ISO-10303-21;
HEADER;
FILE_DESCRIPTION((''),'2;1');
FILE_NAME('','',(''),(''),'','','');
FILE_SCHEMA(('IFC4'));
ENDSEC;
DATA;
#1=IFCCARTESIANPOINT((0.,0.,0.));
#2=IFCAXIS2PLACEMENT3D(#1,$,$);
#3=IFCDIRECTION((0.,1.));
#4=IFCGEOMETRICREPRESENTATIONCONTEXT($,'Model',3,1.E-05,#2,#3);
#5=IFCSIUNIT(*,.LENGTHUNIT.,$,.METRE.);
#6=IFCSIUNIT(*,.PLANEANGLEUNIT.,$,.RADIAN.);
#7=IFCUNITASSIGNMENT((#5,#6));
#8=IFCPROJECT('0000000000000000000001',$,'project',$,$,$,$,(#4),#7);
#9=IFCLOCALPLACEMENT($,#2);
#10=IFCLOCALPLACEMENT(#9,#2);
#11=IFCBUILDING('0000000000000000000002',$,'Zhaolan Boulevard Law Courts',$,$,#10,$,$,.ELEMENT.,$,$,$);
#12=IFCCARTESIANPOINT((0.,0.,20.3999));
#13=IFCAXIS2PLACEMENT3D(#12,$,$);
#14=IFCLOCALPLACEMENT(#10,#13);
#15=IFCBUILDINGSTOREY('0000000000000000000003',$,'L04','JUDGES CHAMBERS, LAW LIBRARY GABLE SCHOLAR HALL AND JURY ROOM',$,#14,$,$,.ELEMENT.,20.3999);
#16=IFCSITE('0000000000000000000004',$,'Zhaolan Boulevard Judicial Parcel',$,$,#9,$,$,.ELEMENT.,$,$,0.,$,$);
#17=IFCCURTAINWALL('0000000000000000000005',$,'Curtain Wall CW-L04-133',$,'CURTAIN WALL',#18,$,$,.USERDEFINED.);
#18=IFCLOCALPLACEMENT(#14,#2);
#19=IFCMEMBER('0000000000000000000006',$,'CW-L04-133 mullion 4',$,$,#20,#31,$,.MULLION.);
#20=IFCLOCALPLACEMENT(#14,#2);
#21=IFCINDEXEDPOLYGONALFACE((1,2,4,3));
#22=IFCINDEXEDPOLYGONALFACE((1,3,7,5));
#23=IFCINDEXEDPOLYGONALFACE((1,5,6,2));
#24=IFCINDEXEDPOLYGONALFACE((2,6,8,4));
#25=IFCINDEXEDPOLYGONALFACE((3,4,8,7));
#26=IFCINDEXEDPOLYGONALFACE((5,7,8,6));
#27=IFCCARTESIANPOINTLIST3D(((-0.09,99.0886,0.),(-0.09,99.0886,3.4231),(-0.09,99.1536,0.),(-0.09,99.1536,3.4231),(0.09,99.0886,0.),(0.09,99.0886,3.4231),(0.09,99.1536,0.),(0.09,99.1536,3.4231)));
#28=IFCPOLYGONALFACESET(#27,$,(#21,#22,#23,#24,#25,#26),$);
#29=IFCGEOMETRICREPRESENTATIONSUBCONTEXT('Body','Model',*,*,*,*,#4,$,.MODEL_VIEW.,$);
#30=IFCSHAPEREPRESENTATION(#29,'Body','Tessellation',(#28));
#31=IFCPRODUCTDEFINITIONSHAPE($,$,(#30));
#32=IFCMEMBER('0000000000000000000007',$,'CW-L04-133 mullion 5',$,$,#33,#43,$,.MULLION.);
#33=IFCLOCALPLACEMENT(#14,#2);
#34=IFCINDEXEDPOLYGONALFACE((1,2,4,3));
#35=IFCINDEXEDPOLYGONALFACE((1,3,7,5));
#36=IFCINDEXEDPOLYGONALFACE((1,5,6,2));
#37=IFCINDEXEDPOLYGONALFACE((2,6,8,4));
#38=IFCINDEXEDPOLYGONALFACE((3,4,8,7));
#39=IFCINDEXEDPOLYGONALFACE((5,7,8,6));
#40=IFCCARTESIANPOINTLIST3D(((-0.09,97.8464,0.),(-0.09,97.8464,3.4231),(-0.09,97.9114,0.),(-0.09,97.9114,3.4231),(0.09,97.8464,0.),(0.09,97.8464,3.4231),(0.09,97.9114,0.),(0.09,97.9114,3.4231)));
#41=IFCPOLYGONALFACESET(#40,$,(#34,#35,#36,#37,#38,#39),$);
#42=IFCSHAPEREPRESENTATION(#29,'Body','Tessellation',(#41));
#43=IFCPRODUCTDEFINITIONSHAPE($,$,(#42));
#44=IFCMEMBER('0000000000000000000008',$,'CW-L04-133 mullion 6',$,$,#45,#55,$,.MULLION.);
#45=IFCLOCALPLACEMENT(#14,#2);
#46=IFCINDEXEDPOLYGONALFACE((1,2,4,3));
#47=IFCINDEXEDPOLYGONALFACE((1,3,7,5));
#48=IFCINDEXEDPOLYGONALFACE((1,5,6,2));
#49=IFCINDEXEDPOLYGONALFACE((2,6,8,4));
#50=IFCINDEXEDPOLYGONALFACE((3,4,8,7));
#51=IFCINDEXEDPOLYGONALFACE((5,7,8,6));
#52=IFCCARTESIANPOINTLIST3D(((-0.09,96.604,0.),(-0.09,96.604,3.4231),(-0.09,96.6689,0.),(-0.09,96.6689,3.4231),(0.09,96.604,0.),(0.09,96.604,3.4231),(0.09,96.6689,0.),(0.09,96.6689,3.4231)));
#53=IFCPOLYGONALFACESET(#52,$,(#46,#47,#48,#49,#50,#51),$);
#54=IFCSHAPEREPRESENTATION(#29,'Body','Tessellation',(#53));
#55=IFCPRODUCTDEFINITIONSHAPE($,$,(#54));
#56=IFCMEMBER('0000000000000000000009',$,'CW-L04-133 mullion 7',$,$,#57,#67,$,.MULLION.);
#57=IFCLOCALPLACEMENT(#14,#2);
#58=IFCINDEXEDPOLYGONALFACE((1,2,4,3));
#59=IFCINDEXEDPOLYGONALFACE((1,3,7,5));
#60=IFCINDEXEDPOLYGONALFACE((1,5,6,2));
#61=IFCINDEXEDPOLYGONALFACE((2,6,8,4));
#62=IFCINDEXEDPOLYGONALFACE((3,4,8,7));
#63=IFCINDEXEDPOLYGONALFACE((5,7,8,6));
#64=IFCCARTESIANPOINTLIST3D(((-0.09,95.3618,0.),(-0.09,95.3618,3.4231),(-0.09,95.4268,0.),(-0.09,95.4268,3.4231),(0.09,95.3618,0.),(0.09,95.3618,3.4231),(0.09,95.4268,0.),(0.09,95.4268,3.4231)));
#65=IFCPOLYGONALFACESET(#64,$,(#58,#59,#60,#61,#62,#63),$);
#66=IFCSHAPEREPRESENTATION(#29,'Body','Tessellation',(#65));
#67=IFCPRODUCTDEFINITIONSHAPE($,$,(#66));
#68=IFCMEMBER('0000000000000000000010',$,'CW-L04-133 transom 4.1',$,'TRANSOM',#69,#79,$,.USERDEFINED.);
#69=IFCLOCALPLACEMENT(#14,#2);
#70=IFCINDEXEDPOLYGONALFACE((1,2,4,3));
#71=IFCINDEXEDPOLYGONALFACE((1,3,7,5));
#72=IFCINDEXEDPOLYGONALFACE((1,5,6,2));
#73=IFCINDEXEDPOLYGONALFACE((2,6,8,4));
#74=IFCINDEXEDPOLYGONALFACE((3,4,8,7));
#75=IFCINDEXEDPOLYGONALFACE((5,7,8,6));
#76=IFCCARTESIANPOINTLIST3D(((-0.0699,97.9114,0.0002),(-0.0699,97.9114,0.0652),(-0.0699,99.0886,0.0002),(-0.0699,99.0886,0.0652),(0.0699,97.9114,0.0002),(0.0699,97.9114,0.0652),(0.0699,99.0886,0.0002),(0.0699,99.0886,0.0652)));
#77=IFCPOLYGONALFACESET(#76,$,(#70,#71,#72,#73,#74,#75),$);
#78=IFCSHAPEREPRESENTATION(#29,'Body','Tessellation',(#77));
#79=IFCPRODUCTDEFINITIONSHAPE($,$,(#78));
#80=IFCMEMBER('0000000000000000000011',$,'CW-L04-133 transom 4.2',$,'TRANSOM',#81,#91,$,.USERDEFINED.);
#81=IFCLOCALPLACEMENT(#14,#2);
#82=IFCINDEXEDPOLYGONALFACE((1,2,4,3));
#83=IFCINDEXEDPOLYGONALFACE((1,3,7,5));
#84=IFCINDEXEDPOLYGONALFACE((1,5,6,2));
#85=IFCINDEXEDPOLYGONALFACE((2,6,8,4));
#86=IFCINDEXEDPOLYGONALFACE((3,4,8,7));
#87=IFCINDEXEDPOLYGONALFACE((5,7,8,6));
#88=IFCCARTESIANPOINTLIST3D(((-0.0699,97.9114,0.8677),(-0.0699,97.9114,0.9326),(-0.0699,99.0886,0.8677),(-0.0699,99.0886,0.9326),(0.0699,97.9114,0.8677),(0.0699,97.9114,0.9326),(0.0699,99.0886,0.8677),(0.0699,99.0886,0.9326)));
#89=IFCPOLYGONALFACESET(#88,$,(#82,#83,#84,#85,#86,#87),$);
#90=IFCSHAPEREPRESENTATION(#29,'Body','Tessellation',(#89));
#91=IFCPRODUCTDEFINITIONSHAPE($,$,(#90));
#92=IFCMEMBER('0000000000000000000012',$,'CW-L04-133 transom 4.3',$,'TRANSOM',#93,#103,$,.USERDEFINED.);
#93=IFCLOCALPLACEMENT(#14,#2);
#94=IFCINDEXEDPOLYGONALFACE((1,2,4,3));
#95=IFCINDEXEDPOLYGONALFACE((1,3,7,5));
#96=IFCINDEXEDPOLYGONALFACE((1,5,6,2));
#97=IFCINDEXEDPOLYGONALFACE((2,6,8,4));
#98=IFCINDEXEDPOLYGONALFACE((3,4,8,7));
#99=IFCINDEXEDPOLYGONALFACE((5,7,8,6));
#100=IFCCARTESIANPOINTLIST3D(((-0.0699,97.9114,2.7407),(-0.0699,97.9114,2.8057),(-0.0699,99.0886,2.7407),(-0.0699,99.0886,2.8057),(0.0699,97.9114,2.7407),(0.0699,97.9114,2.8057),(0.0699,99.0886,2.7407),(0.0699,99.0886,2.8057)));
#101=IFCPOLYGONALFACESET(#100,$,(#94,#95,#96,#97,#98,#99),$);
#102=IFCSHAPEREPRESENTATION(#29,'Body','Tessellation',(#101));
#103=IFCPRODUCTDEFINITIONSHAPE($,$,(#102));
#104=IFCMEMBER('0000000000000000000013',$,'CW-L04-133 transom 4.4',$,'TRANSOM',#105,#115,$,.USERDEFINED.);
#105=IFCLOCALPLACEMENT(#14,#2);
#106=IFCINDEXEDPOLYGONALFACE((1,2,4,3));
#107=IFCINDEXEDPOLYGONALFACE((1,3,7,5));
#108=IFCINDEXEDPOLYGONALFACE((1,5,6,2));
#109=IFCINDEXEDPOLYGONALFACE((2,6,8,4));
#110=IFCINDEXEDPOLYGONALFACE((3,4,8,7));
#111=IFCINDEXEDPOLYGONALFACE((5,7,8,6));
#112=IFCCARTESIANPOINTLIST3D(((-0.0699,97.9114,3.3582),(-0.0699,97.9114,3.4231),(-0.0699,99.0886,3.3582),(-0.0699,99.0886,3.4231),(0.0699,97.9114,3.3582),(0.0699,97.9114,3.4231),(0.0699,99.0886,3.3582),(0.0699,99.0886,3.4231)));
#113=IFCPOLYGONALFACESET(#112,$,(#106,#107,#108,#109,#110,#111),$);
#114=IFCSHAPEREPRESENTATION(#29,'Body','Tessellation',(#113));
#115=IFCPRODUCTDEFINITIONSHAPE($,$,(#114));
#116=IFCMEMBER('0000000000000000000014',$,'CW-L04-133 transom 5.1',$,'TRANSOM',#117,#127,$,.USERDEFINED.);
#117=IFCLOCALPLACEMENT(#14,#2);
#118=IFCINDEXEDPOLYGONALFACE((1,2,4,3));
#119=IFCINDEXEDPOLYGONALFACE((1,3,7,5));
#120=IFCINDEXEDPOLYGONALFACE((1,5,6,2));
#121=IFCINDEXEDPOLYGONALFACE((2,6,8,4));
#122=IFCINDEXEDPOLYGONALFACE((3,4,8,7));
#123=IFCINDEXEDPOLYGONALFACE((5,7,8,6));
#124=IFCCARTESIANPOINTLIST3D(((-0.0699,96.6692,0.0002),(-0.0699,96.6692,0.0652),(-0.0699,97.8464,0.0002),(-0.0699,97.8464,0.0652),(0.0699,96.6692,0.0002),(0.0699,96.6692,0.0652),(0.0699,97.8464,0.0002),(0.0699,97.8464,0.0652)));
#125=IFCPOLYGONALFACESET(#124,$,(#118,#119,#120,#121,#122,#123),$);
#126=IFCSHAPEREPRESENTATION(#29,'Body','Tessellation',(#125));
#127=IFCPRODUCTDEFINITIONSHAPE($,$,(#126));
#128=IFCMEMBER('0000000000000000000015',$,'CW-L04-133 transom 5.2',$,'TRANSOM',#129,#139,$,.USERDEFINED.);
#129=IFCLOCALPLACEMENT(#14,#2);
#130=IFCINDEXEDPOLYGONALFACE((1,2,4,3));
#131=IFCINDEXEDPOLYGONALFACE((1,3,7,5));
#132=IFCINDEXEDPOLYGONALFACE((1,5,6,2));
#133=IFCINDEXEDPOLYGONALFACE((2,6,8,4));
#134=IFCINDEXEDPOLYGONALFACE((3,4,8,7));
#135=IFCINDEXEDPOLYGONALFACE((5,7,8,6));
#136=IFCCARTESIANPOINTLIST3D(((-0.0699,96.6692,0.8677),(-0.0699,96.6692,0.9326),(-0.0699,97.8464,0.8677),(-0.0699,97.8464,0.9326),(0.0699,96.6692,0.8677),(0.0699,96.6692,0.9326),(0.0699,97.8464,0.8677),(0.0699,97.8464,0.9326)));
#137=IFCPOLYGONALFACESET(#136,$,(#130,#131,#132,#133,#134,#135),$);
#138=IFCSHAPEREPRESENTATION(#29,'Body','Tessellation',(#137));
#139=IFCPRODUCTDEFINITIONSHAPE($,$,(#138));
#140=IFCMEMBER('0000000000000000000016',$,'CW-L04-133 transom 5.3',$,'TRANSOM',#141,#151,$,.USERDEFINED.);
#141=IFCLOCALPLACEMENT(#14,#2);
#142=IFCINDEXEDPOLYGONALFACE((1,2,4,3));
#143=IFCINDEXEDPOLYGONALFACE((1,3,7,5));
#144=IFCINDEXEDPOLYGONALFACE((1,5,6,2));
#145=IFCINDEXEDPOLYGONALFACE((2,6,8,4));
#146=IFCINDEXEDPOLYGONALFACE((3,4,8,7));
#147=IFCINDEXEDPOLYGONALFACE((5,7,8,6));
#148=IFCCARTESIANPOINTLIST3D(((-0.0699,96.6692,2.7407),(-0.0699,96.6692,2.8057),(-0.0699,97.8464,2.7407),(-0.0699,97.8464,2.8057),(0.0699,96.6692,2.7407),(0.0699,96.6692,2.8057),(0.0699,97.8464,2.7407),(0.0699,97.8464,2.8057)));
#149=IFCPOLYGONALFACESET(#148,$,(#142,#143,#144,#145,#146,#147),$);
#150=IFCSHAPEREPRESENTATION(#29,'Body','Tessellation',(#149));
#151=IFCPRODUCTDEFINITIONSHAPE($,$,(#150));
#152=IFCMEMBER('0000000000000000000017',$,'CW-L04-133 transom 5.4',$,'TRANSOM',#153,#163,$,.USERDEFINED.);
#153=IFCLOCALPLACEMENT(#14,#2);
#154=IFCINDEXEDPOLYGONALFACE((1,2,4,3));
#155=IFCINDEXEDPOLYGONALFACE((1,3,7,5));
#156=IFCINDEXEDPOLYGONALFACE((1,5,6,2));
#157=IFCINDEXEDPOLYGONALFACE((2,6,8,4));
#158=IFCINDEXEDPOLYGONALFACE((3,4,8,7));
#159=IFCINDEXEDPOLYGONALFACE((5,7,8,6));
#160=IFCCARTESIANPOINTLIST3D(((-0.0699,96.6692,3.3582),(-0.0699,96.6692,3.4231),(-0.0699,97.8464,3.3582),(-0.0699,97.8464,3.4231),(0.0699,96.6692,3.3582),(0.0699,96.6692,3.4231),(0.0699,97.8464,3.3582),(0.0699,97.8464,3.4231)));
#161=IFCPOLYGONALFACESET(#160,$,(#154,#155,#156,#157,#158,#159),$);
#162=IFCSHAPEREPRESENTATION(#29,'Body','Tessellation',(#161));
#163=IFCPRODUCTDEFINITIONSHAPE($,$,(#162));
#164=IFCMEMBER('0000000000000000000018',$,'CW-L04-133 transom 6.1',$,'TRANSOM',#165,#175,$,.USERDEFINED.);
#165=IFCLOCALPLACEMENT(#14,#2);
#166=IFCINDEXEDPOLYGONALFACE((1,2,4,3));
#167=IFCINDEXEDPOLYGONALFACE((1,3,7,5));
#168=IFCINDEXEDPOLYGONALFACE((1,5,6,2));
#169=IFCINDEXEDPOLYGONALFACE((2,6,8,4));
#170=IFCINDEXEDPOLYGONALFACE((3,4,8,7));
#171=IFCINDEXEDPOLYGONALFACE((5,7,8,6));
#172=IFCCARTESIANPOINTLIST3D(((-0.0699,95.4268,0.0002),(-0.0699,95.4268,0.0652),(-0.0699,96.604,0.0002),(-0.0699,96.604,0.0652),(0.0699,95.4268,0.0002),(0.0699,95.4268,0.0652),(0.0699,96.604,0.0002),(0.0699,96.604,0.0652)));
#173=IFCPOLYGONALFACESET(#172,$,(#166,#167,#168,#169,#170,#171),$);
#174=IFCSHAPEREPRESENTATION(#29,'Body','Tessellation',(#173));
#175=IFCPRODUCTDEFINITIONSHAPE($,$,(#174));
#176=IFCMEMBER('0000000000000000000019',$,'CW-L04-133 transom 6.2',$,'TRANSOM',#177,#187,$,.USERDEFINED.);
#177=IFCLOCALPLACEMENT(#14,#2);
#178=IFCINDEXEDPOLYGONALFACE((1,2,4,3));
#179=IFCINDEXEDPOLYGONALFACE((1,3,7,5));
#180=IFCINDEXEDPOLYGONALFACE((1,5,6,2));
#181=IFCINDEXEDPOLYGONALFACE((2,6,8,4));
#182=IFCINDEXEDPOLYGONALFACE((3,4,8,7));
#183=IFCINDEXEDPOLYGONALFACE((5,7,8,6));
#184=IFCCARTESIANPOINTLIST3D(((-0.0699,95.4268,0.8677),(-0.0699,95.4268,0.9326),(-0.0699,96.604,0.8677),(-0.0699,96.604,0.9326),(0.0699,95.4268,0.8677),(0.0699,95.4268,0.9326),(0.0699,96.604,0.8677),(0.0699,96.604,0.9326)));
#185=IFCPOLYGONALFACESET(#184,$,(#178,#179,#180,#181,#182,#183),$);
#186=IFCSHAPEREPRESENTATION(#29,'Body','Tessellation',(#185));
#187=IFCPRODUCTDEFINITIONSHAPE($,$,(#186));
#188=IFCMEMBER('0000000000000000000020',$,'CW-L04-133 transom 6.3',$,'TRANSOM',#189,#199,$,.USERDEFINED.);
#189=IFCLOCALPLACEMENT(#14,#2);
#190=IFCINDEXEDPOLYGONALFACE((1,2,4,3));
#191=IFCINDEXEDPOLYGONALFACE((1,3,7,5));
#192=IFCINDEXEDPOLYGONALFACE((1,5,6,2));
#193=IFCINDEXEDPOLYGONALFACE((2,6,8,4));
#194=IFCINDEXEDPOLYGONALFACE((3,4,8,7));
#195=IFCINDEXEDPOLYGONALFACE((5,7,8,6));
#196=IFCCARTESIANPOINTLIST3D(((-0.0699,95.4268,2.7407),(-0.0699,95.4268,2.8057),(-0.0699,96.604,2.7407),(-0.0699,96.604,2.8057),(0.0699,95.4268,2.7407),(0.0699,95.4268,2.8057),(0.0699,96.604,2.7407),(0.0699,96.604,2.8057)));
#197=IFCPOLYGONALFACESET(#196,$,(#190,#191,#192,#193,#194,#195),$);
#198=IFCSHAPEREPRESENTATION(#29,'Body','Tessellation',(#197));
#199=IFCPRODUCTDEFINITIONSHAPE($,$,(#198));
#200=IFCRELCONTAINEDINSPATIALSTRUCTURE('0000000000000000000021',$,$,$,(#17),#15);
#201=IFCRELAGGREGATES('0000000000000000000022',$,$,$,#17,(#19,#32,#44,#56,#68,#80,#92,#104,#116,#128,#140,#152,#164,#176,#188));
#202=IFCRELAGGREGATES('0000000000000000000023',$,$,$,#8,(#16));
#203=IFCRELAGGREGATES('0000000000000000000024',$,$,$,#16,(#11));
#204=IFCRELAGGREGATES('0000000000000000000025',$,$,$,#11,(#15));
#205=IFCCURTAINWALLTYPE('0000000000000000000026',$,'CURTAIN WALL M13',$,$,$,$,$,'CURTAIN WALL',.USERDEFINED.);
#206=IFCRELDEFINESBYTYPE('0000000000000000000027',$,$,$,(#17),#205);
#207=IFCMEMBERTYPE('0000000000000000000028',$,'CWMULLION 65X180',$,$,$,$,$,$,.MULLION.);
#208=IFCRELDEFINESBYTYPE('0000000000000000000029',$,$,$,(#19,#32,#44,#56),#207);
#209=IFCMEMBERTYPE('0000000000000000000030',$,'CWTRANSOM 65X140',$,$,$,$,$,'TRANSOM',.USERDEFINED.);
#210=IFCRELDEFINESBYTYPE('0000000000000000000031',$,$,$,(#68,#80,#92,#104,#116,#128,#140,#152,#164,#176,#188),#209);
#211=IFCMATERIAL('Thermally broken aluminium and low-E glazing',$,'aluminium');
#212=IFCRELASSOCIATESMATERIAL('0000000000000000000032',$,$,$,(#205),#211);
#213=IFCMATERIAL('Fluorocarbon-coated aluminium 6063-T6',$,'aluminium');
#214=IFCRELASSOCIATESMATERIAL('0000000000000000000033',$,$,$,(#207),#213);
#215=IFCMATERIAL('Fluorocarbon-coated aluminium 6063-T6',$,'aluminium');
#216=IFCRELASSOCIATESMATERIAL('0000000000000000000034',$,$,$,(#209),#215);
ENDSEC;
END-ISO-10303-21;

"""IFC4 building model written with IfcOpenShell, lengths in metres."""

from ifc_helpers import new_model, si_unit, direction, frame, origin, origin_2d, place, context, subcontext, project, spatial, rectangle, extrude, material, material_profile, profile_set, type_object, element, aggregate, save


model = new_model("IFC4")

# Units and contexts
model_context = context("Model", 3, precision=1e-05, world=origin(), true_north=direction((0.0, 1.0)))
body_context = subcontext(model_context, "Body", "Model", "MODEL_VIEW")
ifc_project = project(units=[si_unit("LENGTHUNIT", "METRE"), si_unit("PLANEANGLEUNIT", "RADIAN")], contexts=[model_context])

# Site, building, storey
site_placement = place(None, origin())
site = spatial("IfcSite", under=ifc_project, at=site_placement, Name="Zhaolan Boulevard Judicial Parcel", CompositionType="ELEMENT", RefElevation=0.0)
building_placement = place(site_placement, origin())
building = spatial("IfcBuilding", under=site, at=building_placement, Name="Zhaolan Boulevard Law Courts", CompositionType="ELEMENT")
storey_placement = place(building_placement, frame((0.0, 0.0, 20.3999)))
storey = spatial("IfcBuildingStorey", under=building, at=storey_placement, Name="L04", Description="JUDGES CHAMBERS, LAW LIBRARY GABLE SCHOLAR HALL AND JURY ROOM", CompositionType="ELEMENT", Elevation=20.3999)

# Curtain wall, members
ifc_material_1 = material(Name="Thermally broken aluminium and low-E glazing", Category="aluminium")
curtain_wall_type = type_object("IfcCurtainWallType", Name="CURTAIN WALL M13", ElementType="CURTAIN WALL", PredefinedType="USERDEFINED", material=ifc_material_1)
curtain_wall_placement = place(storey_placement, origin())
curtain_wall = element("IfcCurtainWall", 1, at=curtain_wall_placement, inside=storey, type_object=curtain_wall_type, Name="Curtain Wall CW-L04-133", ObjectType="CURTAIN WALL", PredefinedType="USERDEFINED")
ifc_material_2 = material(Name="Fluorocarbon-coated aluminium 6063-T6", Category="aluminium")
ifc_material_profile_1 = material_profile(ifc_material_2, rectangle(XDim=0.1799, YDim=0.0649, at=origin_2d()), Name="AL65x180")
ifc_profile_set_1 = profile_set([ifc_material_profile_1], Name="Fluorocarbon-coated aluminium 6063-T6")
member_type_1 = type_object("IfcMemberType", Name="CWMULLION 65X180", PredefinedType="MULLION", material=ifc_profile_set_1)
member_1_placement = place(storey_placement, frame((0.0, 99.1211, 0.0), z_axis=(0.0, 0.0, 1.0), x_axis=(1.0, 0.0, 0.0)))
member_1 = element("IfcMember", 2, at=member_1_placement, type_object=member_type_1, Name="CW-L04-133 mullion 4", PredefinedType="MULLION", context=body_context, shape_type="SweptSolid", body=[
    extrude(rectangle(XDim=0.1799, YDim=0.0649, at=origin_2d()), origin(), (0.0, 0.0, 1.0), 3.4231),
])
member_2_placement = place(storey_placement, frame((0.0, 97.8789, 0.0), z_axis=(0.0, 0.0, 1.0), x_axis=(1.0, 0.0, 0.0)))
member_2 = element("IfcMember", 3, at=member_2_placement, type_object=member_type_1, Name="CW-L04-133 mullion 5", PredefinedType="MULLION", context=body_context, shape_type="SweptSolid", body=[
    extrude(rectangle(XDim=0.1799, YDim=0.0649, at=origin_2d()), origin(), (0.0, 0.0, 1.0), 3.4231),
])
member_3_placement = place(storey_placement, frame((0.0, 96.6365, 0.0), z_axis=(0.0, 0.0, 1.0), x_axis=(1.0, 0.0, 0.0)))
member_3 = element("IfcMember", 4, at=member_3_placement, type_object=member_type_1, Name="CW-L04-133 mullion 6", PredefinedType="MULLION", context=body_context, shape_type="SweptSolid", body=[
    extrude(rectangle(XDim=0.1799, YDim=0.0649, at=origin_2d()), origin(), (0.0, 0.0, 1.0), 3.4231),
])
member_4_placement = place(storey_placement, frame((0.0, 95.3943, 0.0), z_axis=(0.0, 0.0, 1.0), x_axis=(1.0, 0.0, 0.0)))
member_4 = element("IfcMember", 5, at=member_4_placement, type_object=member_type_1, Name="CW-L04-133 mullion 7", PredefinedType="MULLION", context=body_context, shape_type="SweptSolid", body=[
    extrude(rectangle(XDim=0.1799, YDim=0.0649, at=origin_2d()), origin(), (0.0, 0.0, 1.0), 3.4231),
])
ifc_material_3 = material(Name="Fluorocarbon-coated aluminium 6063-T6", Category="aluminium")
ifc_material_profile_2 = material_profile(ifc_material_3, rectangle(XDim=0.1399, YDim=0.0649, at=origin_2d()), Name="AL65x140")
ifc_profile_set_2 = profile_set([ifc_material_profile_2], Name="Fluorocarbon-coated aluminium 6063-T6")
member_type_2 = type_object("IfcMemberType", Name="CWTRANSOM 65X140", ElementType="TRANSOM", PredefinedType="USERDEFINED", material=ifc_profile_set_2)
member_5_placement = place(storey_placement, frame((0.0, 99.0886, 0.0327), z_axis=(0.0, -1.0, 0.0), x_axis=(1.0, 0.0, 0.0)))
member_5 = element("IfcMember", 6, at=member_5_placement, type_object=member_type_2, Name="CW-L04-133 transom 4.1", ObjectType="TRANSOM", PredefinedType="USERDEFINED", context=body_context, shape_type="SweptSolid", body=[
    extrude(rectangle(XDim=0.1399, YDim=0.0649, at=origin_2d()), origin(), (0.0, 0.0, 1.0), 1.1772),
])
member_6_placement = place(storey_placement, frame((0.0, 99.0886, 0.9001), z_axis=(0.0, -1.0, 0.0), x_axis=(1.0, 0.0, 0.0)))
member_6 = element("IfcMember", 7, at=member_6_placement, type_object=member_type_2, Name="CW-L04-133 transom 4.2", ObjectType="TRANSOM", PredefinedType="USERDEFINED", context=body_context, shape_type="SweptSolid", body=[
    extrude(rectangle(XDim=0.1399, YDim=0.0649, at=origin_2d()), origin(), (0.0, 0.0, 1.0), 1.1772),
])
member_7_placement = place(storey_placement, frame((0.0, 99.0886, 2.7732), z_axis=(0.0, -1.0, 0.0), x_axis=(1.0, 0.0, 0.0)))
member_7 = element("IfcMember", 8, at=member_7_placement, type_object=member_type_2, Name="CW-L04-133 transom 4.3", ObjectType="TRANSOM", PredefinedType="USERDEFINED", context=body_context, shape_type="SweptSolid", body=[
    extrude(rectangle(XDim=0.1399, YDim=0.0649, at=origin_2d()), origin(), (0.0, 0.0, 1.0), 1.1772),
])
member_8_placement = place(storey_placement, frame((0.0, 99.0886, 3.3906), z_axis=(0.0, -1.0, 0.0), x_axis=(1.0, 0.0, 0.0)))
member_8 = element("IfcMember", 9, at=member_8_placement, type_object=member_type_2, Name="CW-L04-133 transom 4.4", ObjectType="TRANSOM", PredefinedType="USERDEFINED", context=body_context, shape_type="SweptSolid", body=[
    extrude(rectangle(XDim=0.1399, YDim=0.0649, at=origin_2d()), origin(), (0.0, 0.0, 1.0), 1.1772),
])
member_9_placement = place(storey_placement, frame((0.0, 97.8464, 0.0327), z_axis=(0.0, -1.0, 0.0), x_axis=(1.0, 0.0, 0.0)))
member_9 = element("IfcMember", 10, at=member_9_placement, type_object=member_type_2, Name="CW-L04-133 transom 5.1", ObjectType="TRANSOM", PredefinedType="USERDEFINED", context=body_context, shape_type="SweptSolid", body=[
    extrude(rectangle(XDim=0.1399, YDim=0.0649, at=origin_2d()), origin(), (0.0, 0.0, 1.0), 1.1772),
])
member_10_placement = place(storey_placement, frame((0.0, 97.8464, 0.9001), z_axis=(0.0, -1.0, 0.0), x_axis=(1.0, 0.0, 0.0)))
member_10 = element("IfcMember", 11, at=member_10_placement, type_object=member_type_2, Name="CW-L04-133 transom 5.2", ObjectType="TRANSOM", PredefinedType="USERDEFINED", context=body_context, shape_type="SweptSolid", body=[
    extrude(rectangle(XDim=0.1399, YDim=0.0649, at=origin_2d()), origin(), (0.0, 0.0, 1.0), 1.1772),
])
member_11_placement = place(storey_placement, frame((0.0, 97.8464, 2.7732), z_axis=(0.0, -1.0, 0.0), x_axis=(1.0, 0.0, 0.0)))
member_11 = element("IfcMember", 12, at=member_11_placement, type_object=member_type_2, Name="CW-L04-133 transom 5.3", ObjectType="TRANSOM", PredefinedType="USERDEFINED", context=body_context, shape_type="SweptSolid", body=[
    extrude(rectangle(XDim=0.1399, YDim=0.0649, at=origin_2d()), origin(), (0.0, 0.0, 1.0), 1.1772),
])
member_12_placement = place(storey_placement, frame((0.0, 97.8464, 3.3906), z_axis=(0.0, -1.0, 0.0), x_axis=(1.0, 0.0, 0.0)))
member_12 = element("IfcMember", 13, at=member_12_placement, type_object=member_type_2, Name="CW-L04-133 transom 5.4", ObjectType="TRANSOM", PredefinedType="USERDEFINED", context=body_context, shape_type="SweptSolid", body=[
    extrude(rectangle(XDim=0.1399, YDim=0.0649, at=origin_2d()), origin(), (0.0, 0.0, 1.0), 1.1772),
])
member_13_placement = place(storey_placement, frame((0.0, 96.604, 0.0327), z_axis=(0.0, -1.0, 0.0), x_axis=(1.0, 0.0, 0.0)))
member_13 = element("IfcMember", 14, at=member_13_placement, type_object=member_type_2, Name="CW-L04-133 transom 6.1", ObjectType="TRANSOM", PredefinedType="USERDEFINED", context=body_context, shape_type="SweptSolid", body=[
    extrude(rectangle(XDim=0.1399, YDim=0.0649, at=origin_2d()), origin(), (0.0, 0.0, 1.0), 1.1772),
])
member_14_placement = place(storey_placement, frame((0.0, 96.604, 0.9001), z_axis=(0.0, -1.0, 0.0), x_axis=(1.0, 0.0, 0.0)))
member_14 = element("IfcMember", 15, at=member_14_placement, type_object=member_type_2, Name="CW-L04-133 transom 6.2", ObjectType="TRANSOM", PredefinedType="USERDEFINED", context=body_context, shape_type="SweptSolid", body=[
    extrude(rectangle(XDim=0.1399, YDim=0.0649, at=origin_2d()), origin(), (0.0, 0.0, 1.0), 1.1772),
])
member_15_placement = place(storey_placement, frame((0.0, 96.604, 2.7732), z_axis=(0.0, -1.0, 0.0), x_axis=(1.0, 0.0, 0.0)))
member_15 = element("IfcMember", 16, at=member_15_placement, type_object=member_type_2, Name="CW-L04-133 transom 6.3", ObjectType="TRANSOM", PredefinedType="USERDEFINED", context=body_context, shape_type="SweptSolid", body=[
    extrude(rectangle(XDim=0.1399, YDim=0.0649, at=origin_2d()), origin(), (0.0, 0.0, 1.0), 1.1772),
])
aggregate(curtain_wall, [member_1, member_2, member_3, member_4, member_5, member_6, member_7, member_8, member_9, member_10, member_11, member_12, member_13, member_14, member_15])

save(model, "model.ifc")
